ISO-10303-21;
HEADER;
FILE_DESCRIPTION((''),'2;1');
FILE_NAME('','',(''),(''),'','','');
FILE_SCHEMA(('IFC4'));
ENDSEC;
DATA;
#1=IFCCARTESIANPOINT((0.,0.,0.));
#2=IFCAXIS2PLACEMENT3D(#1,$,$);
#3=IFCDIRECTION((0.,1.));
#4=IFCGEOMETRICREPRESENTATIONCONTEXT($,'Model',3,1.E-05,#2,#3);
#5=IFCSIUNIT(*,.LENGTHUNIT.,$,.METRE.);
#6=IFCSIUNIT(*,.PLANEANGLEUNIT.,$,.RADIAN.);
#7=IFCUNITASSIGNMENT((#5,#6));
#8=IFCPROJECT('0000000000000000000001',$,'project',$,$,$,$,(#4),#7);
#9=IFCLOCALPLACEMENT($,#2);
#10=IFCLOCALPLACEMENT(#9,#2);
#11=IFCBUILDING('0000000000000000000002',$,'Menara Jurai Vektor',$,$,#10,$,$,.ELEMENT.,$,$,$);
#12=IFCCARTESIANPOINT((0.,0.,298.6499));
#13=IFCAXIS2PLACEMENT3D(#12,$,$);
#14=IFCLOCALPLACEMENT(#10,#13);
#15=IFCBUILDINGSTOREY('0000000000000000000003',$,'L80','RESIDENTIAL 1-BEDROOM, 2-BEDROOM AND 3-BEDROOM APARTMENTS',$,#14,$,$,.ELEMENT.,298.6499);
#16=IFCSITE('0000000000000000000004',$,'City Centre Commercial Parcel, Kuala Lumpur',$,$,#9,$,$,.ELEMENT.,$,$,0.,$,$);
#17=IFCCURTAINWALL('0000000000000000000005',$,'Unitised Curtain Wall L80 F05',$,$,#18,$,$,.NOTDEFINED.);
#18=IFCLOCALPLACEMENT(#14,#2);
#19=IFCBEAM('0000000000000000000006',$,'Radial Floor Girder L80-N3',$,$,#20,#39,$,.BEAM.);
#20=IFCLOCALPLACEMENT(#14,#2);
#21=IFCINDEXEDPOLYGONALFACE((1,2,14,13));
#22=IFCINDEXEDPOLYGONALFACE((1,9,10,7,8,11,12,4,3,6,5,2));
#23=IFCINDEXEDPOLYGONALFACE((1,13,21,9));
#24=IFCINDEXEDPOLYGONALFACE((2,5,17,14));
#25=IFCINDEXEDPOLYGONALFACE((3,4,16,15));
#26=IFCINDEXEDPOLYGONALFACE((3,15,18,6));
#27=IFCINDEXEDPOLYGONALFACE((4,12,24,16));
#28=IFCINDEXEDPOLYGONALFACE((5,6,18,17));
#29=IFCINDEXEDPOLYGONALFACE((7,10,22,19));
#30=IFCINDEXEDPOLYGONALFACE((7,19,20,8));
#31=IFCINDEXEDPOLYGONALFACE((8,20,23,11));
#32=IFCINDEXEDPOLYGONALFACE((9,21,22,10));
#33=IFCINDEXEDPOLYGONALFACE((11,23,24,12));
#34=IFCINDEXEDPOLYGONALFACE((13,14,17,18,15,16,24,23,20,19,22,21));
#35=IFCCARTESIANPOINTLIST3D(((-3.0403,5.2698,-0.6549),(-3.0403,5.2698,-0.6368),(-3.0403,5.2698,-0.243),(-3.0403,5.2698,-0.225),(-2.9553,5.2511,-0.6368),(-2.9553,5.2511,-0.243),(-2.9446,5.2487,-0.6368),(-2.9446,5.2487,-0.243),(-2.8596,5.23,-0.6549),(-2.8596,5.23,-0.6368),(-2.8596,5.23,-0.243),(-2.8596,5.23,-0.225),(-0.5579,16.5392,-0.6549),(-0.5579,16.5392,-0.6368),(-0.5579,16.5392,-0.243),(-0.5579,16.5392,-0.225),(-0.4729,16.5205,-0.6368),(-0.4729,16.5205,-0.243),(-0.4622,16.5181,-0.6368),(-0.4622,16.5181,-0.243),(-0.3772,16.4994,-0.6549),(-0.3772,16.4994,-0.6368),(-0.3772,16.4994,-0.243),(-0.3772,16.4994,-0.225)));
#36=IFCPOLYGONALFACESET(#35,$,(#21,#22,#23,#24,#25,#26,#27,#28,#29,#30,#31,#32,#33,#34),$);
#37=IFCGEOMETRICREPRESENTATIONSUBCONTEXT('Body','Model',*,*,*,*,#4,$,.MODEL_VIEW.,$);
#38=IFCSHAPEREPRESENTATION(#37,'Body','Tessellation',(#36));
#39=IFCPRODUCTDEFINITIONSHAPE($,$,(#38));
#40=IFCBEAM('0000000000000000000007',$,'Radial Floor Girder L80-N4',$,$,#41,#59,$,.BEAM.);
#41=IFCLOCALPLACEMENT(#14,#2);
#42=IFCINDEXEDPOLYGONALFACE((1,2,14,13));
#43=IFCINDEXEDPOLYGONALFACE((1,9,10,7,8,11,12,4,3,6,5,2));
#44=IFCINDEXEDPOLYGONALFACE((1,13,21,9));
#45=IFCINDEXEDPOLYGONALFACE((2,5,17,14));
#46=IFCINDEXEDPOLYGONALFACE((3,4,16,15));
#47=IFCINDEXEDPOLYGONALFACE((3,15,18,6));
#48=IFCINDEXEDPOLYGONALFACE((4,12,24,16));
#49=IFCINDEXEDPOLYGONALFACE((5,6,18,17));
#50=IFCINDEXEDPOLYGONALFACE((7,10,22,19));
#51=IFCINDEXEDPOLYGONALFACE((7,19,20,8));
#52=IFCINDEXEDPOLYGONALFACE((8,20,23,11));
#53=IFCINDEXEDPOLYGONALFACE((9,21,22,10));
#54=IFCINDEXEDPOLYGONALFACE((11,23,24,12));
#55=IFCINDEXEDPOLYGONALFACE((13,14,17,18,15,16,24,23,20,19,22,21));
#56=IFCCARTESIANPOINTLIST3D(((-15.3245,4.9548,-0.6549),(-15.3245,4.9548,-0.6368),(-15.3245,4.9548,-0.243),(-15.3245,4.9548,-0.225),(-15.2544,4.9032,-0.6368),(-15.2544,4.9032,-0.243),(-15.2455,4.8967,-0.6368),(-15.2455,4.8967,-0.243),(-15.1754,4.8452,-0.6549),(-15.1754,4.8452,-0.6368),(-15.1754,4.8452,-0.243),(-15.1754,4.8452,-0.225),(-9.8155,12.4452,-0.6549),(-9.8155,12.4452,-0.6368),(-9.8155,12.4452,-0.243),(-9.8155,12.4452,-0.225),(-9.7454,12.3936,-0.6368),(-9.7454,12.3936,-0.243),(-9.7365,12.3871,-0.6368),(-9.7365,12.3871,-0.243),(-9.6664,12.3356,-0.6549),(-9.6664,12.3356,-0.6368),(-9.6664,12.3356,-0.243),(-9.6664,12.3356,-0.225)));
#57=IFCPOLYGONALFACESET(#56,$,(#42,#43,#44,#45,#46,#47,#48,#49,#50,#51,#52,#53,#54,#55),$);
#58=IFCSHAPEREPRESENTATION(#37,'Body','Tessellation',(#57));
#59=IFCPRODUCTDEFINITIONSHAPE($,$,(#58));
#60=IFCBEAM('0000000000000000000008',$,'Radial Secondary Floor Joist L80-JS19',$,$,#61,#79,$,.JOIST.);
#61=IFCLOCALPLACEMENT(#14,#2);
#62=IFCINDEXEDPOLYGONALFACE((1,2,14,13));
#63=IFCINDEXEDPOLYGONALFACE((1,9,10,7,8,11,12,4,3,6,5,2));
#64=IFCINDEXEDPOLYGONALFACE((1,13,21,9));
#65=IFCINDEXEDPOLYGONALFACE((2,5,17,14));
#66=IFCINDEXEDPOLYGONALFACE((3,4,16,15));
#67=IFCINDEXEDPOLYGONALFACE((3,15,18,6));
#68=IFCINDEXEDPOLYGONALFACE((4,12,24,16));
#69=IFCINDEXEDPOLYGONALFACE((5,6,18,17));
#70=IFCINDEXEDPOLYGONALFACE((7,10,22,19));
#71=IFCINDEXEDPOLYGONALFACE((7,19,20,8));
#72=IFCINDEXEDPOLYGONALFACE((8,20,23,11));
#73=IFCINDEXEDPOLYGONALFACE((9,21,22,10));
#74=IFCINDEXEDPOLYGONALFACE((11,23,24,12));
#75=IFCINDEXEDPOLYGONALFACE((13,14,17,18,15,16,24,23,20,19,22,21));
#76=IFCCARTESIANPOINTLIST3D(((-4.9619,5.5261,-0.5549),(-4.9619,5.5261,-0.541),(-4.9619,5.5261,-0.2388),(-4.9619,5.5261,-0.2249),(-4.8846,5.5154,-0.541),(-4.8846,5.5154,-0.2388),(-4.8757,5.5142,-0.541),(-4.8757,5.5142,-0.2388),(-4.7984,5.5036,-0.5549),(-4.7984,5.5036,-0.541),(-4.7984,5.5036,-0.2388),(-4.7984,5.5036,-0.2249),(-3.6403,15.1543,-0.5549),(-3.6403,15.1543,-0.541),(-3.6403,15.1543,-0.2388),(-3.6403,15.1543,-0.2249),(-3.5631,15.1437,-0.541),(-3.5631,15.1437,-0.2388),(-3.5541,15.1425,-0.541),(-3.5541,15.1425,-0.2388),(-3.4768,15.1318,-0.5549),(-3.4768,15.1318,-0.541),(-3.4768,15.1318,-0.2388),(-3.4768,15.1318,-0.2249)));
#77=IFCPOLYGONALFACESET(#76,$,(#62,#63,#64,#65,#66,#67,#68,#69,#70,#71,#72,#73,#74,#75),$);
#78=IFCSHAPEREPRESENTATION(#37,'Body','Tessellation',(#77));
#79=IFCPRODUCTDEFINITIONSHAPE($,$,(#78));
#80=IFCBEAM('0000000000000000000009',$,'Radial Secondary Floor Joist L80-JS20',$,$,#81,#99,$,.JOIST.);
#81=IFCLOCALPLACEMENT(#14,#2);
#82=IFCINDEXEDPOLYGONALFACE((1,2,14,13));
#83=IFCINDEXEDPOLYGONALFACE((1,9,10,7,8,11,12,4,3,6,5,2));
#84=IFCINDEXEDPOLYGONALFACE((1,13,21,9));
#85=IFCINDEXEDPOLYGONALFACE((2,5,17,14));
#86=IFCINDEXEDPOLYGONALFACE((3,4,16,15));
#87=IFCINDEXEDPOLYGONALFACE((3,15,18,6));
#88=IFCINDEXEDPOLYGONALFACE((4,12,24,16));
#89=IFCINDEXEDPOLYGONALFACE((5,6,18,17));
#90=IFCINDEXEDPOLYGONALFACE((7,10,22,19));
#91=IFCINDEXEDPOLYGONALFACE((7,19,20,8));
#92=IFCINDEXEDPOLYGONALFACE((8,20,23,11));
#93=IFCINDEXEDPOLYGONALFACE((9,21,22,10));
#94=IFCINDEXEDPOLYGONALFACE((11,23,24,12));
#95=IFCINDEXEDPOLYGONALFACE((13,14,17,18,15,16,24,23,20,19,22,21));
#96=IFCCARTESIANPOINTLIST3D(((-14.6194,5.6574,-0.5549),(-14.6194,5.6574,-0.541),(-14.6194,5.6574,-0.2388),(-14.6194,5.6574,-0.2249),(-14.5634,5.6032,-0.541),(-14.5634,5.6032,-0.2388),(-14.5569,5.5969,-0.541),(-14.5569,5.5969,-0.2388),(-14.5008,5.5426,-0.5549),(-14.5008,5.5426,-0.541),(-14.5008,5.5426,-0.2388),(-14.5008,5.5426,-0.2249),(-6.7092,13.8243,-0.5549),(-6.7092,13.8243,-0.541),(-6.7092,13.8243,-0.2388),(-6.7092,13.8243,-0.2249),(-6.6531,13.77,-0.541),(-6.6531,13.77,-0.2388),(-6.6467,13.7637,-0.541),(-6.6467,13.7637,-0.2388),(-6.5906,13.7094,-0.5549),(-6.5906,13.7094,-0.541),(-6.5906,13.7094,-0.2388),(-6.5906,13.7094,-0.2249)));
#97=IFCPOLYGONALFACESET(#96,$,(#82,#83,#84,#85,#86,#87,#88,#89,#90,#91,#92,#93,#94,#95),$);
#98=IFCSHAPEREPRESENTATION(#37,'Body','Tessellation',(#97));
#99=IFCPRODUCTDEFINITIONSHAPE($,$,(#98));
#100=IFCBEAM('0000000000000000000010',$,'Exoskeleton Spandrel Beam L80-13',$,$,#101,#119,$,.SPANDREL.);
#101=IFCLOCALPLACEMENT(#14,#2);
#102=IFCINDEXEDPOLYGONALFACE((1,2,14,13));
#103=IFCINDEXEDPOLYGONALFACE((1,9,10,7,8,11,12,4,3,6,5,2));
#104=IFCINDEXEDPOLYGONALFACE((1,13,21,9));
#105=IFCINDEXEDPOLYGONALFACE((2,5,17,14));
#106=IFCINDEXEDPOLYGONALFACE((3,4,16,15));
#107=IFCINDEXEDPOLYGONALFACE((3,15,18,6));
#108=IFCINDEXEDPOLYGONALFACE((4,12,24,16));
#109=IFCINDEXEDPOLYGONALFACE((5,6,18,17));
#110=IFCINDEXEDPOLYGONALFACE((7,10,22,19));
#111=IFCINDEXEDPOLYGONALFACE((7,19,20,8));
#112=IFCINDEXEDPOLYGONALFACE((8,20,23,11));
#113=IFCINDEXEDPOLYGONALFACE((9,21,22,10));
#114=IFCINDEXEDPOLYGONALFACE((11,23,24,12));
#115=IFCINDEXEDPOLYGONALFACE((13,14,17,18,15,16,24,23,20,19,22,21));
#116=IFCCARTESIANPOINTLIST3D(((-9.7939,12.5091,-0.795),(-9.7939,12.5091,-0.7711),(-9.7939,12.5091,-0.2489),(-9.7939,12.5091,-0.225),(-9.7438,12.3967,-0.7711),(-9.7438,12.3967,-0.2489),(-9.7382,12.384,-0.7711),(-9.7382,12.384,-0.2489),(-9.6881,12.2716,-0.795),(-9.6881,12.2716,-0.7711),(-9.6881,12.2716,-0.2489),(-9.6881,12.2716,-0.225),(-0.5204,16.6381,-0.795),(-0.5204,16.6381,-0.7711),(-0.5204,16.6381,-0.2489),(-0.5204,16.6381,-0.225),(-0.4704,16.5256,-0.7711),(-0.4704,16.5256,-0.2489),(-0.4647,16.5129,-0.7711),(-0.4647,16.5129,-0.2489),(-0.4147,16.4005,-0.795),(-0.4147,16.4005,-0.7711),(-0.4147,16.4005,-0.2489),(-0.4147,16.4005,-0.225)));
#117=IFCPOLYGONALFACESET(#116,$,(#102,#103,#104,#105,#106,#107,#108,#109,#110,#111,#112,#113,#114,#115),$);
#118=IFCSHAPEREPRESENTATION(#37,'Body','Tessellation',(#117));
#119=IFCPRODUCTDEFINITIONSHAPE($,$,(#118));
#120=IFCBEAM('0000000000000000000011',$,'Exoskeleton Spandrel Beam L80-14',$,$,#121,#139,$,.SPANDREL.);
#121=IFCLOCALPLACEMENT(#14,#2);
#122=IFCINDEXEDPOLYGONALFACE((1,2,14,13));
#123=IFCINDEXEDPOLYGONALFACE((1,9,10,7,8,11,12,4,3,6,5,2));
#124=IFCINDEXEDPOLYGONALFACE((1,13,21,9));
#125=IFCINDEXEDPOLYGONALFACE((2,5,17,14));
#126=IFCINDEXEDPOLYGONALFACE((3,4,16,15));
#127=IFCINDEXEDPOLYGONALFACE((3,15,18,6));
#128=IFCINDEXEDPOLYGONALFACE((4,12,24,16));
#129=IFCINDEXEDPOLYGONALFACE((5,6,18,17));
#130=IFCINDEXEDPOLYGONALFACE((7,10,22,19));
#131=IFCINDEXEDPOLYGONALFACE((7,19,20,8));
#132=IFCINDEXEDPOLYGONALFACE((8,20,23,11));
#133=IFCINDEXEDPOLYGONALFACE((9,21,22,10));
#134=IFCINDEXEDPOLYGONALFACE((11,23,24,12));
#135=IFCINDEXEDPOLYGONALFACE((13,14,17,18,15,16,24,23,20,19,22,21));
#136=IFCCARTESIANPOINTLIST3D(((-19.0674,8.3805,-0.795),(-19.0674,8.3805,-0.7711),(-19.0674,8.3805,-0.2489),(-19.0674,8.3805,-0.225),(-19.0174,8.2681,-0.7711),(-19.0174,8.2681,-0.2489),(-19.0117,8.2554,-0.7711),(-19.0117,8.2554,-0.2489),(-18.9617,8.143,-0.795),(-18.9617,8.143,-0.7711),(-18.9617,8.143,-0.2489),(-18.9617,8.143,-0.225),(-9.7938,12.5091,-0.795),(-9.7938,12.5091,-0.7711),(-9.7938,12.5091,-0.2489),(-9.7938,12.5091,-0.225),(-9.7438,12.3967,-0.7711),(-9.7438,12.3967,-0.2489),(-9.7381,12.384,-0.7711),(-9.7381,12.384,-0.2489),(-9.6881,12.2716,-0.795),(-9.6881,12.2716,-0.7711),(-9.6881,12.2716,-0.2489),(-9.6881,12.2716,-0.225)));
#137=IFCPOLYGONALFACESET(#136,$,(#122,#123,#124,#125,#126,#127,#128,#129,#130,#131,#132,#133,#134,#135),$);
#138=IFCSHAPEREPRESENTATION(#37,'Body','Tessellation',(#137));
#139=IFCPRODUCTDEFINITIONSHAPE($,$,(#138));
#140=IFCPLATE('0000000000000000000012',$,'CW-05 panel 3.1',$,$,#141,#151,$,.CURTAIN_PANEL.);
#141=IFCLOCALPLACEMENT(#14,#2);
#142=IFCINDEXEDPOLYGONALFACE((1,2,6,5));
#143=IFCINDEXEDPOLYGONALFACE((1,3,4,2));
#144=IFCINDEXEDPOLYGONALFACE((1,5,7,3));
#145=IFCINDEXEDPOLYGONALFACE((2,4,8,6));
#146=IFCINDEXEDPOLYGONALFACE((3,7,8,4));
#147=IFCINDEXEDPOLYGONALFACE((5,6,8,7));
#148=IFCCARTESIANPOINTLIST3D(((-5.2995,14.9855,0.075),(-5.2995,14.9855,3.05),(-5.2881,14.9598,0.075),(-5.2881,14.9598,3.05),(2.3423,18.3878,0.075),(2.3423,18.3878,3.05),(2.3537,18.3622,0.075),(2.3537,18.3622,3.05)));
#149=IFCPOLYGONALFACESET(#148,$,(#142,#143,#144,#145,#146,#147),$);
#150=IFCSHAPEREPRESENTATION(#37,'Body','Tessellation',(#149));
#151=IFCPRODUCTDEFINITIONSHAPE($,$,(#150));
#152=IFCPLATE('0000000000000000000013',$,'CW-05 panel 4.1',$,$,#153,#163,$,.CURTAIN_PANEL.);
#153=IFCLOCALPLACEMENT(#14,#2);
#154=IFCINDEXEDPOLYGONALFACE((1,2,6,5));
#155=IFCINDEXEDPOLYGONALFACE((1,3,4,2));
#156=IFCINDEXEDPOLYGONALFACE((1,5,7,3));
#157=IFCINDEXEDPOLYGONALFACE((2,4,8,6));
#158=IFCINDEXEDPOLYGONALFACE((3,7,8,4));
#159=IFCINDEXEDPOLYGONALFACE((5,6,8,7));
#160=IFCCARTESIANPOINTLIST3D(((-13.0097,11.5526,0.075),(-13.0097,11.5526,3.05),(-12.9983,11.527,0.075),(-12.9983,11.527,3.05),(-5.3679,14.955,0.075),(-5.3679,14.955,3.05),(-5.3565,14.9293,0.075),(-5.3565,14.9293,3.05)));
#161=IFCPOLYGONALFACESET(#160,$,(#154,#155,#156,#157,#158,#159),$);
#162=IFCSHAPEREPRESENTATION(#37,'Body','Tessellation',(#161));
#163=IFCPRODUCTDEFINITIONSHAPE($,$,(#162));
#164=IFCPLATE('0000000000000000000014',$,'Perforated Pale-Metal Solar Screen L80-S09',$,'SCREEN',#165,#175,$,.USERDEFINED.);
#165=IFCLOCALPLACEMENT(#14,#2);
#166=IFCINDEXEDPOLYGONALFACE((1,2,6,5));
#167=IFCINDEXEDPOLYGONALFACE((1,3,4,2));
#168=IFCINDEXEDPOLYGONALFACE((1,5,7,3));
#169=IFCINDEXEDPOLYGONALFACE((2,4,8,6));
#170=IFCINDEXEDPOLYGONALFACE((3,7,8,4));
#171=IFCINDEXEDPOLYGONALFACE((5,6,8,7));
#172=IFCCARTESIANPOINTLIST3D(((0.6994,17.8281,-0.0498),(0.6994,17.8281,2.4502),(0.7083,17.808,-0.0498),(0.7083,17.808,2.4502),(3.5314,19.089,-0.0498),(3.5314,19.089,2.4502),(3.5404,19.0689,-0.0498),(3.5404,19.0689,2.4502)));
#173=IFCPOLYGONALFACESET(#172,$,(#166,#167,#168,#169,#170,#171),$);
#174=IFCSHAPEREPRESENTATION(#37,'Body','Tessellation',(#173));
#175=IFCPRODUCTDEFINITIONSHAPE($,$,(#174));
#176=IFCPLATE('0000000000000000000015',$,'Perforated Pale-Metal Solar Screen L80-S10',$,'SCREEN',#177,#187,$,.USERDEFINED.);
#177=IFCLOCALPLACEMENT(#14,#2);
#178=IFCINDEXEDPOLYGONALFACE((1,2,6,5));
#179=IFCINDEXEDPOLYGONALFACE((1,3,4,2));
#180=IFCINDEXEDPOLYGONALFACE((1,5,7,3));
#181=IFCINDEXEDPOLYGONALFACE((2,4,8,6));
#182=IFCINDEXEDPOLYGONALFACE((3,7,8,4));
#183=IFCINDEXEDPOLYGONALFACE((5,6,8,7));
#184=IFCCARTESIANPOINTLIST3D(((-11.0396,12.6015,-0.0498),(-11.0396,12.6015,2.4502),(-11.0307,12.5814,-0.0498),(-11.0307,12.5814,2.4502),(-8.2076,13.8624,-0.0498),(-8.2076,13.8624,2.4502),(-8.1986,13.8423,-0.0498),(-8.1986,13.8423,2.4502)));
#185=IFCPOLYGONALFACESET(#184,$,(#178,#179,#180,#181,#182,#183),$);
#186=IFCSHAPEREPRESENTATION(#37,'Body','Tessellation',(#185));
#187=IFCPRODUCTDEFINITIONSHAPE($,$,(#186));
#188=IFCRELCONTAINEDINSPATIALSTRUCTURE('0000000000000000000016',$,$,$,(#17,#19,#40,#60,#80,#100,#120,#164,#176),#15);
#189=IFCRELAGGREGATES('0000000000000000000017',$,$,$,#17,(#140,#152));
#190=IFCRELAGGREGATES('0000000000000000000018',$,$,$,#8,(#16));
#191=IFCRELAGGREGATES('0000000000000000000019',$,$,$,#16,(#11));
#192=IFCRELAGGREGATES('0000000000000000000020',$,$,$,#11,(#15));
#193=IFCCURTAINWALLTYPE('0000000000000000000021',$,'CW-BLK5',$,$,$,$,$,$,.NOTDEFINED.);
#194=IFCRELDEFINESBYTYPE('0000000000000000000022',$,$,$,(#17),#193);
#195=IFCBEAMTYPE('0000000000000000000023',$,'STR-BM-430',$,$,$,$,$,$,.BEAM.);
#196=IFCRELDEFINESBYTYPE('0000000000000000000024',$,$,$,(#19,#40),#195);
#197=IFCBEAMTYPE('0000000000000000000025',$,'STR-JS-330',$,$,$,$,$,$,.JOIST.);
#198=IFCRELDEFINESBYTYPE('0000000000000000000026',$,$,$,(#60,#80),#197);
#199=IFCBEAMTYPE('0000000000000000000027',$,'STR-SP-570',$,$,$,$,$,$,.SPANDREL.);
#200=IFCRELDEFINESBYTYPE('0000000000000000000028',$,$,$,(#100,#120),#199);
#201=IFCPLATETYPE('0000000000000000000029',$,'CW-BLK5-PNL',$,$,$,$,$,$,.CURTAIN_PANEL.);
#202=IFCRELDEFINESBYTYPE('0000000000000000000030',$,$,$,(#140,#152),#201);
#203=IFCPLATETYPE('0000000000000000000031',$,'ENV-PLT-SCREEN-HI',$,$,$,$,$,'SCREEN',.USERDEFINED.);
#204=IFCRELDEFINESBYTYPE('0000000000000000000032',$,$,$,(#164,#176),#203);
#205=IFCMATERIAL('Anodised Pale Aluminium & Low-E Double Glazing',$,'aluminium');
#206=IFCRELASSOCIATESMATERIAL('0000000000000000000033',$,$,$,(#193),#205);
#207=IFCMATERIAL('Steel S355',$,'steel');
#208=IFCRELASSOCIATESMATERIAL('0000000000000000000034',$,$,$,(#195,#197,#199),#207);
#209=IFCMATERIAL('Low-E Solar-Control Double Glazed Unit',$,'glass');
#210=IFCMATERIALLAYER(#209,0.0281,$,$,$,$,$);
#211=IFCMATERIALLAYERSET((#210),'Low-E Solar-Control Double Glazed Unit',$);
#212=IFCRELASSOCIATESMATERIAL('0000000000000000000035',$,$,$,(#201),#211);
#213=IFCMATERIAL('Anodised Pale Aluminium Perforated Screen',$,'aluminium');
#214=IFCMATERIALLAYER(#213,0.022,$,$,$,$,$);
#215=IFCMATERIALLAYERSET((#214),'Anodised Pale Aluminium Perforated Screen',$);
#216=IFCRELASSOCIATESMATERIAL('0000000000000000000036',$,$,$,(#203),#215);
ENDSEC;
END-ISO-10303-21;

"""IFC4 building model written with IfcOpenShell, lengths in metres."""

from ifc_helpers import new_model, si_unit, direction, frame, origin, origin_2d, place, context, subcontext, project, spatial, rectangle, i_section, extrude, material, layer, layer_set, material_profile, profile_set, type_object, element, aggregate, save


model = new_model("IFC4")

# Units and contexts
model_context = context("Model", 3, precision=1e-05, world=origin(), true_north=direction((0.0, 1.0)))
body_context = subcontext(model_context, "Body", "Model", "MODEL_VIEW")
ifc_project = project(units=[si_unit("LENGTHUNIT", "METRE"), si_unit("PLANEANGLEUNIT", "RADIAN")], contexts=[model_context])

# Site, building, storey
site_placement = place(None, origin())
site = spatial("IfcSite", under=ifc_project, at=site_placement, Name="City Centre Commercial Parcel, Kuala Lumpur", CompositionType="ELEMENT", RefElevation=0.0)
building_placement = place(site_placement, origin())
building = spatial("IfcBuilding", under=site, at=building_placement, Name="Menara Jurai Vektor", CompositionType="ELEMENT")
storey_placement = place(building_placement, frame((0.0, 0.0, 298.6499)))
storey = spatial("IfcBuildingStorey", under=building, at=storey_placement, Name="L80", Description="RESIDENTIAL 1-BEDROOM, 2-BEDROOM AND 3-BEDROOM APARTMENTS", CompositionType="ELEMENT", Elevation=298.6499)

# Shared definitions
ifc_material_1 = material(Name="Steel S355", Category="steel")

# Curtain wall
ifc_material_2 = material(Name="Anodised Pale Aluminium & Low-E Double Glazing", Category="aluminium")
curtain_wall_type = type_object("IfcCurtainWallType", Name="CW-BLK5", PredefinedType="NOTDEFINED", material=ifc_material_2)
curtain_wall_placement = place(storey_placement, origin())
curtain_wall = element("IfcCurtainWall", 1, at=curtain_wall_placement, inside=storey, type_object=curtain_wall_type, Name="Unitised Curtain Wall L80 F05", PredefinedType="NOTDEFINED")

# Beams
ifc_material_profile_1 = material_profile(ifc_material_1, i_section(OverallWidth=0.1851, OverallDepth=0.4299, WebThickness=0.011, FlangeThickness=0.0181, at=origin_2d()), Name="PG 430x185x76")
ifc_profile_set_1 = profile_set([ifc_material_profile_1], Name="Steel S355")
beam_type_1 = type_object("IfcBeamType", Name="STR-BM-430", PredefinedType="BEAM", material=ifc_profile_set_1)
beam_1_placement = place(storey_placement, frame((-0.4675, 16.5193, -0.4399), z_axis=(-0.215125, -0.976587, 0.0), x_axis=(0.976587, -0.215125, 0.0)))
element("IfcBeam", 2, at=beam_1_placement, inside=storey, type_object=beam_type_1, Name="Radial Floor Girder L80-N3", PredefinedType="BEAM", context=body_context, shape_type="SweptSolid", body=[
    extrude(i_section(OverallWidth=0.1851, OverallDepth=0.4299, WebThickness=0.011, FlangeThickness=0.0181, at=origin_2d()), origin(), (0.0, 0.0, 1.0), 11.5396),
])
beam_2_placement = place(storey_placement, frame((-9.741, 12.3904, -0.4399), z_axis=(-0.592483, -0.805583, 0.0), x_axis=(0.805583, -0.592483, 0.0)))
element("IfcBeam", 3, at=beam_2_placement, inside=storey, type_object=beam_type_1, Name="Radial Floor Girder L80-N4", PredefinedType="BEAM", context=body_context, shape_type="SweptSolid", body=[
    extrude(i_section(OverallWidth=0.1851, OverallDepth=0.4299, WebThickness=0.011, FlangeThickness=0.0181, at=origin_2d()), origin(), (0.0, 0.0, 1.0), 9.2981),
])
ifc_material_profile_2 = material_profile(ifc_material_1, i_section(OverallWidth=0.165, OverallDepth=0.3301, WebThickness=0.009, FlangeThickness=0.0139, at=origin_2d()), Name="PG 330x165x46")
ifc_profile_set_2 = profile_set([ifc_material_profile_2], Name="Steel S355")
beam_type_2 = type_object("IfcBeamType", Name="STR-JS-330", PredefinedType="JOIST", material=ifc_profile_set_2)
beam_3_placement = place(storey_placement, frame((-3.5586, 15.1431, -0.3899), z_axis=(-0.135982, -0.990711, 0.0), x_axis=(0.990711, -0.135982, 0.0)))
element("IfcBeam", 4, at=beam_3_placement, inside=storey, type_object=beam_type_2, Name="Radial Secondary Floor Joist L80-JS19", PredefinedType="JOIST", context=body_context, shape_type="SweptSolid", body=[
    extrude(i_section(OverallWidth=0.165, OverallDepth=0.3301, WebThickness=0.009, FlangeThickness=0.0139, at=origin_2d()), origin(), (0.0, 0.0, 1.0), 9.7185),
])
beam_4_placement = place(storey_placement, frame((-6.6499, 13.7668, -0.3899), z_axis=(-0.695733, -0.718301, 0.0), x_axis=(0.718301, -0.695733, 0.0)))
element("IfcBeam", 5, at=beam_4_placement, inside=storey, type_object=beam_type_2, Name="Radial Secondary Floor Joist L80-JS20", PredefinedType="JOIST", context=body_context, shape_type="SweptSolid", body=[
    extrude(i_section(OverallWidth=0.165, OverallDepth=0.3301, WebThickness=0.009, FlangeThickness=0.0139, at=origin_2d()), origin(), (0.0, 0.0, 1.0), 11.3696),
])
ifc_material_profile_3 = material_profile(ifc_material_1, i_section(OverallWidth=0.26, OverallDepth=0.5701, WebThickness=0.0139, FlangeThickness=0.0239, at=origin_2d()), Name="PG 570x260x145")
ifc_profile_set_3 = profile_set([ifc_material_profile_3], Name="Steel S355")
beam_type_3 = type_object("IfcBeamType", Name="STR-SP-570", PredefinedType="SPANDREL", material=ifc_profile_set_3)
for number, where, z_axis, x_axis, name in (
    (6, (-0.4675, 16.5193, -0.51), (-0.913542, -0.406745, 0.0), (0.406745, -0.913542, 0.0), "Exoskeleton Spandrel Beam L80-13"),
    (7, (-9.741, 12.3904, -0.51), (-0.913554, -0.406716, 0.0), (0.406716, -0.913554, 0.0), "Exoskeleton Spandrel Beam L80-14"),
):
    element("IfcBeam", number, at=place(storey_placement, frame(where, z_axis=z_axis, x_axis=x_axis)), inside=storey, type_object=beam_type_3, Name=name, PredefinedType="SPANDREL", context=body_context, shape_type="SweptSolid", body=[
        extrude(i_section(OverallWidth=0.26, OverallDepth=0.5701, WebThickness=0.0139, FlangeThickness=0.0239, at=origin_2d()), origin(), (0.0, 0.0, 1.0), 10.1511),
    ])

# Plates
ifc_material_3 = material(Name="Low-E Solar-Control Double Glazed Unit", Category="glass")
ifc_layer_1 = layer(ifc_material_3, 0.0281)
ifc_layer_set_1 = layer_set([ifc_layer_1], Name="Low-E Solar-Control Double Glazed Unit")
plate_type_1 = type_object("IfcPlateType", Name="CW-BLK5-PNL", PredefinedType="CURTAIN_PANEL", material=ifc_layer_set_1)
plate_1_placement = place(storey_placement, frame((-1.4729, 16.6738, 0.075), z_axis=(0.0, 0.0, 1.0), x_axis=(-0.913546, -0.406735, 0.0)))
plate_1 = element("IfcPlate", 8, at=plate_1_placement, type_object=plate_type_1, Name="CW-05 panel 3.1", PredefinedType="CURTAIN_PANEL", context=body_context, shape_type="SweptSolid", body=[
    extrude(rectangle(XDim=8.365, YDim=0.0281, at=origin_2d()), origin(), (0.0, 0.0, 1.0), 2.9751),
])
plate_2_placement = place(storey_placement, frame((-9.1831, 13.241, 0.075), z_axis=(0.0, 0.0, 1.0), x_axis=(-0.913546, -0.406735, 0.0)))
plate_2 = element("IfcPlate", 9, at=plate_2_placement, type_object=plate_type_1, Name="CW-05 panel 4.1", PredefinedType="CURTAIN_PANEL", context=body_context, shape_type="SweptSolid", body=[
    extrude(rectangle(XDim=8.365, YDim=0.0281, at=origin_2d()), origin(), (0.0, 0.0, 1.0), 2.9751),
])
aggregate(curtain_wall, [plate_1, plate_2])

# Plates
ifc_material_4 = material(Name="Anodised Pale Aluminium Perforated Screen", Category="aluminium")
ifc_layer_2 = layer(ifc_material_4, 0.022)
ifc_layer_set_2 = layer_set([ifc_layer_2], Name="Anodised Pale Aluminium Perforated Screen")
plate_type_2 = type_object("IfcPlateType", Name="ENV-PLT-SCREEN-HI", ElementType="SCREEN", PredefinedType="USERDEFINED", material=ifc_layer_set_2)
for number, where, z_axis, x_axis, name in (
    (10, (2.1199, 18.4485, -0.0498), (0.0, 0.0, 1.0), (-0.913545, -0.406737, 0.0), "Perforated Pale-Metal Solar Screen L80-S09"),
    (11, (-9.6191, 13.2219, -0.0498), (0.0, 0.0, 1.0), (-0.913545, -0.406737, 0.0), "Perforated Pale-Metal Solar Screen L80-S10"),
):
    element("IfcPlate", number, at=place(storey_placement, frame(where, z_axis=z_axis, x_axis=x_axis)), inside=storey, type_object=plate_type_2, Name=name, ObjectType="SCREEN", PredefinedType="USERDEFINED", context=body_context, shape_type="SweptSolid", body=[
        extrude(rectangle(XDim=3.1001, YDim=0.022, at=origin_2d()), origin(), (0.0, 0.0, 1.0), 2.5),
    ])

save(model, "model.ifc")
